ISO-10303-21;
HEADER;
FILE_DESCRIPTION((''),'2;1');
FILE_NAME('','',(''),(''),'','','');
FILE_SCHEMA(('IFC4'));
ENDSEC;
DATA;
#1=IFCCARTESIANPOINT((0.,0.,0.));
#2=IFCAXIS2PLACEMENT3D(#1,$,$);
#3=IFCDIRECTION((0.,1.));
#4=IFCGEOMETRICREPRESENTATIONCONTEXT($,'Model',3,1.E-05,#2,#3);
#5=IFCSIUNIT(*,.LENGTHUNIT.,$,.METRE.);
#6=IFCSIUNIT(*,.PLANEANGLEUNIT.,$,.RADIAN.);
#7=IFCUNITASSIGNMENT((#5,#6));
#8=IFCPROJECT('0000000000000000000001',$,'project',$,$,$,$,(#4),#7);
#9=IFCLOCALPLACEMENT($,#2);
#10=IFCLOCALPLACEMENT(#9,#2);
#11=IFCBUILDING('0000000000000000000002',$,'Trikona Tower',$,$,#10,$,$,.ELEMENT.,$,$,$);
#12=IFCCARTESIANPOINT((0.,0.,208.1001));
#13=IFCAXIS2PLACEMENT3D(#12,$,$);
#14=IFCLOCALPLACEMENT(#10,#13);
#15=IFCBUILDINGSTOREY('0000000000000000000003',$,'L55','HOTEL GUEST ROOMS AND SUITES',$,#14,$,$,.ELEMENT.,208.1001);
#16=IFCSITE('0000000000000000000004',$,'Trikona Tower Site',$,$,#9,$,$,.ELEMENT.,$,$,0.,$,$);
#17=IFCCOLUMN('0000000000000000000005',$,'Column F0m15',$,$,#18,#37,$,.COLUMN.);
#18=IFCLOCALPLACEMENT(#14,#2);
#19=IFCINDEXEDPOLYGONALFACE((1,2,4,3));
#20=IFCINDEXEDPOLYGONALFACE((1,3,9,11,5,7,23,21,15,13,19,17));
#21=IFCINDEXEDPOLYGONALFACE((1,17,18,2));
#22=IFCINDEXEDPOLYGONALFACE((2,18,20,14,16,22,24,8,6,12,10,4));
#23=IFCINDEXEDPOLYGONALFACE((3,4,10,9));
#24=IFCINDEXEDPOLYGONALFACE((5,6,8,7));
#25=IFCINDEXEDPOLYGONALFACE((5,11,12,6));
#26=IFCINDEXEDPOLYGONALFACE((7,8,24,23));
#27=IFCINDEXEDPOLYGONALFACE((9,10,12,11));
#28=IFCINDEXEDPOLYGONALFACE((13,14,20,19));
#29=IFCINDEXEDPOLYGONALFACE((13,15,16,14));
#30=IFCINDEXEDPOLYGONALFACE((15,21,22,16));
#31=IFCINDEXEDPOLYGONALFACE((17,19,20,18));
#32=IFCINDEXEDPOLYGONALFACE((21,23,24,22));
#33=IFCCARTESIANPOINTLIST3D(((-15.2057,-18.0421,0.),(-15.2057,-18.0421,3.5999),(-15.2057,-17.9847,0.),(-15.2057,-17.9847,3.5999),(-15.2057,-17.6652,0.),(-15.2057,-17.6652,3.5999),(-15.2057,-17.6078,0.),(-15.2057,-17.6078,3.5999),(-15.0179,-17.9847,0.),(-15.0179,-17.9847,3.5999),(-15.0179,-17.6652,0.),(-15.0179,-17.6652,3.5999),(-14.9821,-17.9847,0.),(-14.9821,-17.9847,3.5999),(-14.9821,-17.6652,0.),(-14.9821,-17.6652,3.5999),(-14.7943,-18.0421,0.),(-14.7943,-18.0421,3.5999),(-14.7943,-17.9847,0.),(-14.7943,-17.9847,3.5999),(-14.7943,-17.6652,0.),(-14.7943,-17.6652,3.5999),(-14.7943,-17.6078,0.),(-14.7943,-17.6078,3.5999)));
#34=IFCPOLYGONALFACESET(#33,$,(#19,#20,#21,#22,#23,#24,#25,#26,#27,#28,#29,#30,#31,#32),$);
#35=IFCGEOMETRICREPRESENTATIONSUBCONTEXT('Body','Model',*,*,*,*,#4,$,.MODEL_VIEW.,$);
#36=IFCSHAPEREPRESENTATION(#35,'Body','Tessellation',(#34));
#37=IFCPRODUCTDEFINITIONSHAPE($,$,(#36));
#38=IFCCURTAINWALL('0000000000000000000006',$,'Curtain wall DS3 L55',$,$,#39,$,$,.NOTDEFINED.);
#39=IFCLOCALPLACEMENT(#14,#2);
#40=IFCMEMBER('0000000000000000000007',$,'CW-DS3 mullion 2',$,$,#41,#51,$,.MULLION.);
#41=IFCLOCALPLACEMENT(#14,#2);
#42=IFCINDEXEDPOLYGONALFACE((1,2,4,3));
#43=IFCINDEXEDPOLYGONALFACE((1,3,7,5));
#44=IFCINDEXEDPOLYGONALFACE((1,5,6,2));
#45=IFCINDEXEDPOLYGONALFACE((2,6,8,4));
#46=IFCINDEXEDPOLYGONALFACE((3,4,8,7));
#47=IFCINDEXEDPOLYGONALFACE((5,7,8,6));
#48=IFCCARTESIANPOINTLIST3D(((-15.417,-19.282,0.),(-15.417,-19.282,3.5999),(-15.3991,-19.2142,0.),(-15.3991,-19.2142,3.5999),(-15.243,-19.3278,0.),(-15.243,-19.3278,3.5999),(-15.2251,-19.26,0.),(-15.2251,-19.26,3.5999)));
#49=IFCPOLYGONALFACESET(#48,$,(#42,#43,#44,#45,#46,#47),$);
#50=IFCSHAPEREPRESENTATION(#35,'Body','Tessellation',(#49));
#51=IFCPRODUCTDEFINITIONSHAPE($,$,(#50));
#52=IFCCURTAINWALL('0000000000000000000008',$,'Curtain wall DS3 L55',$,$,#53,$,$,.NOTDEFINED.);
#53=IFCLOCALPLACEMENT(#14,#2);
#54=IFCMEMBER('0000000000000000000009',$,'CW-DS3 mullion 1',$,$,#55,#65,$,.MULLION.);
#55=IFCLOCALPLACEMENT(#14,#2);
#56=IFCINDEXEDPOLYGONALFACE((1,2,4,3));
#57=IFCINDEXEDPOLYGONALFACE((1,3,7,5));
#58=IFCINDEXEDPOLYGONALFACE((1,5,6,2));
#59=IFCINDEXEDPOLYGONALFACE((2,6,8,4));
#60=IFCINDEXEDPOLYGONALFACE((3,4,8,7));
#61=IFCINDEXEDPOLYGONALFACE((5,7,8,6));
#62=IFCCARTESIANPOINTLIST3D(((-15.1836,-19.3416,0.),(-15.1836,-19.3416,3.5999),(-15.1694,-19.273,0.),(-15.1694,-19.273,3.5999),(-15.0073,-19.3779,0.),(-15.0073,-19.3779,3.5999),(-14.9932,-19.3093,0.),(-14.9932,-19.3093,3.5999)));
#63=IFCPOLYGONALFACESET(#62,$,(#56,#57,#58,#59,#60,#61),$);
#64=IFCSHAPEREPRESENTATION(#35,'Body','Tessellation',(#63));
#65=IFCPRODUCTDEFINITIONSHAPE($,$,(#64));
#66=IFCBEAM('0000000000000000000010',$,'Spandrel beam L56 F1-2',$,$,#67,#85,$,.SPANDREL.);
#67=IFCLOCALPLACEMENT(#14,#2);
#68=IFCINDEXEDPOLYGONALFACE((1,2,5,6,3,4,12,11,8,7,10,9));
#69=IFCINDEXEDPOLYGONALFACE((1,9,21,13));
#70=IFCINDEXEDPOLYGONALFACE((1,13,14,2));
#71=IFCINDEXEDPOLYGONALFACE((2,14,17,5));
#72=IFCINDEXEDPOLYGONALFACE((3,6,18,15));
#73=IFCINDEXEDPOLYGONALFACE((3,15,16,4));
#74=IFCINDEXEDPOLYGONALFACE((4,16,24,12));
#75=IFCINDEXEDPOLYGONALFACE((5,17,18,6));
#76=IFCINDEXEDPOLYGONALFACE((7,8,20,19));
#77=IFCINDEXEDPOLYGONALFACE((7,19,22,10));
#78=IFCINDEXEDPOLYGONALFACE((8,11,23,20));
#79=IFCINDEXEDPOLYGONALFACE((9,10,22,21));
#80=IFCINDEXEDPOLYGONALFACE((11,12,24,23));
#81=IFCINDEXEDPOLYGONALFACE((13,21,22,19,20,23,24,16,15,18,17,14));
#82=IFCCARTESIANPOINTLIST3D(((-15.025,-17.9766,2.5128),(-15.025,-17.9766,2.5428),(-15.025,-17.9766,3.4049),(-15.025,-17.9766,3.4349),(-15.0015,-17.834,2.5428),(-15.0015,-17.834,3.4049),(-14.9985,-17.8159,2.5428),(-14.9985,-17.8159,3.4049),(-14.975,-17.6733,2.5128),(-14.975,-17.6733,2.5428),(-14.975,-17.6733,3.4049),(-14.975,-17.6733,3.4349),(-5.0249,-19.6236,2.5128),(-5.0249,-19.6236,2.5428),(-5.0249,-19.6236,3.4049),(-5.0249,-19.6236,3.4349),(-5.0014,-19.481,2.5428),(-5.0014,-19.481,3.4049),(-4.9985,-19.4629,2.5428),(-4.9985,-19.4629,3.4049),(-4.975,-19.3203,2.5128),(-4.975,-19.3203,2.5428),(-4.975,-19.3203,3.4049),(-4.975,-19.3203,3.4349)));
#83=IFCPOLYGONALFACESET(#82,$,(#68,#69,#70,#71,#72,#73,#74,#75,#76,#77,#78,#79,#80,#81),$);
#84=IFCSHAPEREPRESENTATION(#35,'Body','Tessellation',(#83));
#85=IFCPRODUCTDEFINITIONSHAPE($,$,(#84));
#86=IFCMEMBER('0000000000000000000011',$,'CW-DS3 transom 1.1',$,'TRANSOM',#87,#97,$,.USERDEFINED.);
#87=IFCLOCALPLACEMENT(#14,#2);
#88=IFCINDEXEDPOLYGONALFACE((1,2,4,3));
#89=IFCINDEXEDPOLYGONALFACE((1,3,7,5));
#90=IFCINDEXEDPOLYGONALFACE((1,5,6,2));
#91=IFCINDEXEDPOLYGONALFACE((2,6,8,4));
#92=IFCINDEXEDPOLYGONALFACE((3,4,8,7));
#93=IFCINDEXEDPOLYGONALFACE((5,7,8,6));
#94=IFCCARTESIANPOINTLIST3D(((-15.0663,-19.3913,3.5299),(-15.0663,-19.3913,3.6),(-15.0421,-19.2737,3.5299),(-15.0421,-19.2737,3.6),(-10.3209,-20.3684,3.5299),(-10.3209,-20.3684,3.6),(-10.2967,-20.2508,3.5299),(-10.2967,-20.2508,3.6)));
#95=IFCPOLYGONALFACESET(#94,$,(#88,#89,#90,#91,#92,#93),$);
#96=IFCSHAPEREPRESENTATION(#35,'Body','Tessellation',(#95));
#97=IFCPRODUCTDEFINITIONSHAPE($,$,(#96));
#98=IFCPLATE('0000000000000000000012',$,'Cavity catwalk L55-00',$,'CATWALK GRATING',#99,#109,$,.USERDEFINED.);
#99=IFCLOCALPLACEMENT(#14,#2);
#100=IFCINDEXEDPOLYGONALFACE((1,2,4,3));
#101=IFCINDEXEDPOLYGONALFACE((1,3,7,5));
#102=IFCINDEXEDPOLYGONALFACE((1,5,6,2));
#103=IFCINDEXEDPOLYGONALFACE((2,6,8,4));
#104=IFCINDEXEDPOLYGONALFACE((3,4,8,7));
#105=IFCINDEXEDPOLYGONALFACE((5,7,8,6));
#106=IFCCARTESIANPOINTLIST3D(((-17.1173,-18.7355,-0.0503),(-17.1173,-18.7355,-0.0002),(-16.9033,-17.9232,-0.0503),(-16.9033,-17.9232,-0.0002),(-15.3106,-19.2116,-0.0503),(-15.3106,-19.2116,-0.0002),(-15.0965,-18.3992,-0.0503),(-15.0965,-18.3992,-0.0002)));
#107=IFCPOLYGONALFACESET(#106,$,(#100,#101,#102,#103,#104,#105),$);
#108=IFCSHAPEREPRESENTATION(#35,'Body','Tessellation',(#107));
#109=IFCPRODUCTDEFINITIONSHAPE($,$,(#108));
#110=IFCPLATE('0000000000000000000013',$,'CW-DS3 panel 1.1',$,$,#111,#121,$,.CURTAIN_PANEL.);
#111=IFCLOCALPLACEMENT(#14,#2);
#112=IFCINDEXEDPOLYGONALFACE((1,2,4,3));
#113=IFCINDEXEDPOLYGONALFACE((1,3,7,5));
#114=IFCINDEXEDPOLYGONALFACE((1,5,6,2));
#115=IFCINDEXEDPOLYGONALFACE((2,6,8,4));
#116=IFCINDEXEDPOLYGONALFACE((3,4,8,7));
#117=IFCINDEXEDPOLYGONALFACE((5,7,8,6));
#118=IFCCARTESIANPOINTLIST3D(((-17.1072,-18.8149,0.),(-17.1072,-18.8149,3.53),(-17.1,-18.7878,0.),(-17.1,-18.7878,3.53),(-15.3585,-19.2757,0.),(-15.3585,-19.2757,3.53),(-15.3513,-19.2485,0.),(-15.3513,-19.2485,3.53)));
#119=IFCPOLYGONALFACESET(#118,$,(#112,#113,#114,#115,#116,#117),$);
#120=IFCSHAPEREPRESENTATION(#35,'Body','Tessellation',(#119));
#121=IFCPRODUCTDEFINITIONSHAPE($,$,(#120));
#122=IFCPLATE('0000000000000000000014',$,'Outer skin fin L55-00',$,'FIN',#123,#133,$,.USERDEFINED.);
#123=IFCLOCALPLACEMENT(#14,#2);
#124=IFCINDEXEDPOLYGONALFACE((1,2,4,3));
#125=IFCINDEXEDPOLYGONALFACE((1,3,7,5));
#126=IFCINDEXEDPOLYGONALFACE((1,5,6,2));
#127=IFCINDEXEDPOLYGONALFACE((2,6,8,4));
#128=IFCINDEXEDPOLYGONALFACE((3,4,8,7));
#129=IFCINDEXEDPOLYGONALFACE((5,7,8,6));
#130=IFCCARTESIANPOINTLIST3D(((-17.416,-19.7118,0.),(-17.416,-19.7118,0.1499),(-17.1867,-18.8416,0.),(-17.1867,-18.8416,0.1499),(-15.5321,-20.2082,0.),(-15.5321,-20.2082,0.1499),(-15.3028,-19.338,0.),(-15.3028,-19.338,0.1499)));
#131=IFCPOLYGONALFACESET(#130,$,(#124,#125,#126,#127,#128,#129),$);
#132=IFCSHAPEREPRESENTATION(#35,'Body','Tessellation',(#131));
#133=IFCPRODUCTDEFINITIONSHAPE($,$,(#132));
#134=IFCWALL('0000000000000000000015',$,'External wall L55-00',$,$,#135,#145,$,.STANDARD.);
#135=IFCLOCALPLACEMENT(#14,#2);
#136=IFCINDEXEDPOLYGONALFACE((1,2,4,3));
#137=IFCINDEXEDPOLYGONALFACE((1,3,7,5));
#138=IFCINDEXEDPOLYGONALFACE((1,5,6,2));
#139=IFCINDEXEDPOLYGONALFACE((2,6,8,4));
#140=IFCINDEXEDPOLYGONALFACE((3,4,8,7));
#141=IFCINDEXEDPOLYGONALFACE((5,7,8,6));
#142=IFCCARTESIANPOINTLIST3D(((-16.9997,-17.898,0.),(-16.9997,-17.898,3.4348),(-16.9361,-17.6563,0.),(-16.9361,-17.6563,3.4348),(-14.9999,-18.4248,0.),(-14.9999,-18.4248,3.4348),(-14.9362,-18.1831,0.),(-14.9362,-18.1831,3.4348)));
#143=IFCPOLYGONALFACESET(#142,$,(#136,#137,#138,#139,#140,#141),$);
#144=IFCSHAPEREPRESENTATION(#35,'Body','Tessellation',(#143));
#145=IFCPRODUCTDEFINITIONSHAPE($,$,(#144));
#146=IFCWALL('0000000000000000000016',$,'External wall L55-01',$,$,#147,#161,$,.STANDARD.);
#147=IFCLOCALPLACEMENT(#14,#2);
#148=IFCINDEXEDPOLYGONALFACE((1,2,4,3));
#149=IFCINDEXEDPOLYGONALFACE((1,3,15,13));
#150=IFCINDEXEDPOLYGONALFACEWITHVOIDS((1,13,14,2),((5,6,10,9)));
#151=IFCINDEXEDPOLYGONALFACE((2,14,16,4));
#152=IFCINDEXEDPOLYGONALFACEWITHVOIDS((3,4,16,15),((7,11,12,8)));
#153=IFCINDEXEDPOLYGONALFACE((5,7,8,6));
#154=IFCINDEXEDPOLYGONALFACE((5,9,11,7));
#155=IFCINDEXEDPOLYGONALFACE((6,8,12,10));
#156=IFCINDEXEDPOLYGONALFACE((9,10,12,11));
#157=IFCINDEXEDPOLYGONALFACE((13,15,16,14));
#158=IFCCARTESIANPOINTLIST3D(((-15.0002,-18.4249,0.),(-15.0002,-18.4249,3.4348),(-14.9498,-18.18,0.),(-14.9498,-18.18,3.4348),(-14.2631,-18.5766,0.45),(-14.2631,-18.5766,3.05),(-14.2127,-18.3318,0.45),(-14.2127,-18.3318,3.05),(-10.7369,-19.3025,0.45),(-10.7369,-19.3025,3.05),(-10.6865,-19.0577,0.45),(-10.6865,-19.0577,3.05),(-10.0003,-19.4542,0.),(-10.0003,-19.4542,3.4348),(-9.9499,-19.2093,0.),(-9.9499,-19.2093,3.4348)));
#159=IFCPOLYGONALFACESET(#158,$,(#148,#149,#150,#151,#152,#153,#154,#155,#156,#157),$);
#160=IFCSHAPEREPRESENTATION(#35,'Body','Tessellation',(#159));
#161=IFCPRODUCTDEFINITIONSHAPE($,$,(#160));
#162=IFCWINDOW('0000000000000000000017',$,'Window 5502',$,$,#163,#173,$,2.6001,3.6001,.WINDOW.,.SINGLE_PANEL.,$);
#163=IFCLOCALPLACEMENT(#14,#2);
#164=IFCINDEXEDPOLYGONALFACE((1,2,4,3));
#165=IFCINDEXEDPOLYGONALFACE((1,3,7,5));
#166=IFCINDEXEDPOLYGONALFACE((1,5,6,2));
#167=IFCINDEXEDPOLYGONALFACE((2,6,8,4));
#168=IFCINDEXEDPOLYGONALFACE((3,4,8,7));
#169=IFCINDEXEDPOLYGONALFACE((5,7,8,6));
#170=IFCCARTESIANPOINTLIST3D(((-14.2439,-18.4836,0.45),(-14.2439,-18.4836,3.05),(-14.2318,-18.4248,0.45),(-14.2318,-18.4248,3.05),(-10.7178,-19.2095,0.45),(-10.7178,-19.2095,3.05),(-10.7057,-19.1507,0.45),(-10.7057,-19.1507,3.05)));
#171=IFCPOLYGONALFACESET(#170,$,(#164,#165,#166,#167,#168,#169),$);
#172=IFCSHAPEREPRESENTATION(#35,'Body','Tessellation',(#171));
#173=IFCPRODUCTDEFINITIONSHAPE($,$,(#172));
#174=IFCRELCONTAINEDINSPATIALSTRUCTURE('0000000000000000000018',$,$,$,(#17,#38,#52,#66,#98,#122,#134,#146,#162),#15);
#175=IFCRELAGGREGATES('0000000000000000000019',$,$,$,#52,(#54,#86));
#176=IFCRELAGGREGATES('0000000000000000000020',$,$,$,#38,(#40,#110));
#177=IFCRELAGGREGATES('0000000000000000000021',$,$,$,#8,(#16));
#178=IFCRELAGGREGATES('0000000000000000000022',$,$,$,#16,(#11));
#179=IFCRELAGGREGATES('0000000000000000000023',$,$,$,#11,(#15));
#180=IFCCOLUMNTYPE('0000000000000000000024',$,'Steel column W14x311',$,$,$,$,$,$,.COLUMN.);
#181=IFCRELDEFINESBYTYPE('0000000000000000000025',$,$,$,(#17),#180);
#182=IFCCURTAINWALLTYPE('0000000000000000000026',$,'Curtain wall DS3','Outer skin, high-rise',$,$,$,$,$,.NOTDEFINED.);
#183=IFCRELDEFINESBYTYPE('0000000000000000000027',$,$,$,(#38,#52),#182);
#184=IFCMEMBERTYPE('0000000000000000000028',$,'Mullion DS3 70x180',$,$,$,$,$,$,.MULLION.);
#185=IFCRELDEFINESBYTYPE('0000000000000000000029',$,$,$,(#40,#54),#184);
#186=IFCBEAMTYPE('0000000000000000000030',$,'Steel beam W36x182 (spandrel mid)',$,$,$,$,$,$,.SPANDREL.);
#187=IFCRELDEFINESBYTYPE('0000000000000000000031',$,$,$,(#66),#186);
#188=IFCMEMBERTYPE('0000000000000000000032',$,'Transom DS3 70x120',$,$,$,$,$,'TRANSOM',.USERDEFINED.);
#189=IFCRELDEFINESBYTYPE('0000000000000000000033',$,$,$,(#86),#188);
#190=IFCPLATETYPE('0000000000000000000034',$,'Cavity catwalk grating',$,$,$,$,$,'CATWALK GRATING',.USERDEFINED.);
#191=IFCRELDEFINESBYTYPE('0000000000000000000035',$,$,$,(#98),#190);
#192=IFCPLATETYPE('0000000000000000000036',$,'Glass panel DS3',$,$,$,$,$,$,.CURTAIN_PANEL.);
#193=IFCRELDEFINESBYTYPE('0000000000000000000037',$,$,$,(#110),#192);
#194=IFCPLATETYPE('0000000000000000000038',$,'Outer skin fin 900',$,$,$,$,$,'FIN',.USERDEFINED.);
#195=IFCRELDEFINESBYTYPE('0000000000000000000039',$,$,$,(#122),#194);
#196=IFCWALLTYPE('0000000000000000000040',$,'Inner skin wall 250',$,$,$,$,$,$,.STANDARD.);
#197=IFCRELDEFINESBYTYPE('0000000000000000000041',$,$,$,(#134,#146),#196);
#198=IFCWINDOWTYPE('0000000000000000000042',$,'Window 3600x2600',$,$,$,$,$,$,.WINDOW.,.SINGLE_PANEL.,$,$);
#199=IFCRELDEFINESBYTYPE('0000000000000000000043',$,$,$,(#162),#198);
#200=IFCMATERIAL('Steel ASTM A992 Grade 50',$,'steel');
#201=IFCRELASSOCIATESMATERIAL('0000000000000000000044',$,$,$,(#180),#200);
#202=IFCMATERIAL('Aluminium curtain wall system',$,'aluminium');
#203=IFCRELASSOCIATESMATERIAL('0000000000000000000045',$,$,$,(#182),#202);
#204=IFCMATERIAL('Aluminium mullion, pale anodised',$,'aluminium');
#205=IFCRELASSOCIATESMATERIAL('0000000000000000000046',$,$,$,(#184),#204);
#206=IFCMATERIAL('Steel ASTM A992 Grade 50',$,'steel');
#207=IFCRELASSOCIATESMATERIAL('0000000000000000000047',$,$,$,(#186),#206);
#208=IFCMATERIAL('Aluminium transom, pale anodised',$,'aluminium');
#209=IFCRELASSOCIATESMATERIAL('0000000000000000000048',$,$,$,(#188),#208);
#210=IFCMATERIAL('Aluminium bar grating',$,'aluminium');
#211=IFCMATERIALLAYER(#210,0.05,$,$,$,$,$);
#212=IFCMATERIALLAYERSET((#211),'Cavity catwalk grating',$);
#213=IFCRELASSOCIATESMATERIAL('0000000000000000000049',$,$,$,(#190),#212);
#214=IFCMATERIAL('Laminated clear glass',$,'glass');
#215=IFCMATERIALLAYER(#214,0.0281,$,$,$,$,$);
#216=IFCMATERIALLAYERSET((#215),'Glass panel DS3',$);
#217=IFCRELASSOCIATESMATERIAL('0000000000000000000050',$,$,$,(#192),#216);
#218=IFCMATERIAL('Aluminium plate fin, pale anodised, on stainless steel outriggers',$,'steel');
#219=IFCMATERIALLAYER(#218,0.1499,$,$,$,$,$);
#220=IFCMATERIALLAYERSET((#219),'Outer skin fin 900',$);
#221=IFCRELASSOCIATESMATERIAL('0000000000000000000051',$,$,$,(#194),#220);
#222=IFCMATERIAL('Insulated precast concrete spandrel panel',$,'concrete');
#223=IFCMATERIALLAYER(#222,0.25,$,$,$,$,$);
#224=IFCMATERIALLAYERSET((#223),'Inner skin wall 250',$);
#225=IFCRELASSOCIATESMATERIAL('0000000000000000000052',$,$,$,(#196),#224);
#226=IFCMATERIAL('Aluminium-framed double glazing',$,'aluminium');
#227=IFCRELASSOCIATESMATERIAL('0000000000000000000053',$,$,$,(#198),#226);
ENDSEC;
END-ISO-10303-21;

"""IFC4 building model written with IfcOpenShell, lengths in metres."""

from ifc_helpers import new_model, si_unit, direction, frame, frame_2d, origin, origin_2d, place, context, subcontext, project, spatial, rectangle, i_section, extrude, material, layer, layer_set, material_profile, profile_set, type_object, element, fill, aggregate, save


model = new_model("IFC4")

# Units and contexts
model_context = context("Model", 3, precision=1e-05, world=origin(), true_north=direction((0.0, 1.0)))
body_context = subcontext(model_context, "Body", "Model", "MODEL_VIEW")
ifc_project = project(units=[si_unit("LENGTHUNIT", "METRE"), si_unit("PLANEANGLEUNIT", "RADIAN")], contexts=[model_context])

# Site, building, storey
site_placement = place(None, origin())
site = spatial("IfcSite", under=ifc_project, at=site_placement, Name="Trikona Tower Site", CompositionType="ELEMENT", RefElevation=0.0)
building_placement = place(site_placement, origin())
building = spatial("IfcBuilding", under=site, at=building_placement, Name="Trikona Tower", CompositionType="ELEMENT")
storey_placement = place(building_placement, frame((0.0, 0.0, 208.1001)))
storey = spatial("IfcBuildingStorey", under=building, at=storey_placement, Name="L55", Description="HOTEL GUEST ROOMS AND SUITES", CompositionType="ELEMENT", Elevation=208.1001)

# Column
ifc_material_1 = material(Name="Steel ASTM A992 Grade 50", Category="steel")
ifc_material_profile_1 = material_profile(ifc_material_1, i_section(OverallWidth=0.4114, OverallDepth=0.4343, WebThickness=0.0359, FlangeThickness=0.0574, at=origin_2d()), Name="W14X311")
ifc_profile_set_1 = profile_set([ifc_material_profile_1], Name="Steel ASTM A992 Grade 50")
column_type = type_object("IfcColumnType", Name="Steel column W14x311", PredefinedType="COLUMN", material=ifc_profile_set_1)
column_placement = place(storey_placement, frame((-15.0, -17.825, 0.0), z_axis=(0.0, 0.0, 1.0), x_axis=(1.0, 0.0, 0.0)))
element("IfcColumn", 1, at=column_placement, inside=storey, type_object=column_type, Name="Column F0m15", PredefinedType="COLUMN", context=body_context, shape_type="SweptSolid", body=[
    extrude(i_section(OverallWidth=0.4114, OverallDepth=0.4343, WebThickness=0.0359, FlangeThickness=0.0574, at=origin_2d()), origin(), (0.0, 0.0, 1.0), 3.5999),
])

# Curtain walls, members
ifc_material_2 = material(Name="Aluminium curtain wall system", Category="aluminium")
curtain_wall_type = type_object("IfcCurtainWallType", Name="Curtain wall DS3", Description="Outer skin, high-rise", PredefinedType="NOTDEFINED", material=ifc_material_2)
curtain_wall_1_placement = place(storey_placement, origin())
curtain_wall_1 = element("IfcCurtainWall", 2, at=curtain_wall_1_placement, inside=storey, type_object=curtain_wall_type, Name="Curtain wall DS3 L55", PredefinedType="NOTDEFINED")
ifc_material_3 = material(Name="Aluminium mullion, pale anodised", Category="aluminium")
ifc_material_profile_2 = material_profile(ifc_material_3, rectangle(XDim=0.0701, YDim=0.1799, at=origin_2d()), Name="MUL-DS3")
ifc_profile_set_2 = profile_set([ifc_material_profile_2], Name="Aluminium mullion, pale anodised")
member_type_1 = type_object("IfcMemberType", Name="Mullion DS3 70x180", PredefinedType="MULLION", material=ifc_profile_set_2)
member_1_placement = place(storey_placement, frame((-15.321, -19.271, 0.0), z_axis=(0.0, 0.0, 1.0), x_axis=(0.254786, 0.966997, 0.0)))
member_1 = element("IfcMember", 3, at=member_1_placement, type_object=member_type_1, Name="CW-DS3 mullion 2", PredefinedType="MULLION", context=body_context, shape_type="SweptSolid", body=[
    extrude(rectangle(XDim=0.0701, YDim=0.1799, at=origin_2d()), origin(), (0.0, 0.0, 1.0), 3.5999),
])
curtain_wall_2_placement = place(storey_placement, origin())
curtain_wall_2 = element("IfcCurtainWall", 4, at=curtain_wall_2_placement, inside=storey, type_object=curtain_wall_type, Name="Curtain wall DS3 L55", PredefinedType="NOTDEFINED")
member_2_placement = place(storey_placement, frame((-15.0884, -19.3254, 0.0), z_axis=(0.0, 0.0, 1.0), x_axis=(0.201653, 0.979457, 0.0)))
member_2 = element("IfcMember", 5, at=member_2_placement, type_object=member_type_1, Name="CW-DS3 mullion 1", PredefinedType="MULLION", context=body_context, shape_type="SweptSolid", body=[
    extrude(rectangle(XDim=0.0701, YDim=0.1799, at=origin_2d()), origin(), (0.0, 0.0, 1.0), 3.5999),
])

# Beam
ifc_material_4 = material(Name="Steel ASTM A992 Grade 50", Category="steel")
ifc_material_profile_3 = material_profile(ifc_material_4, i_section(OverallWidth=0.3074, OverallDepth=0.9221, WebThickness=0.0183, FlangeThickness=0.03, at=origin_2d()), Name="W36X182")
ifc_profile_set_3 = profile_set([ifc_material_profile_3], Name="Steel ASTM A992 Grade 50")
beam_type = type_object("IfcBeamType", Name="Steel beam W36x182 (spandrel mid)", PredefinedType="SPANDREL", material=ifc_profile_set_3)
beam_placement = place(storey_placement, frame((-15.0, -17.825, 2.9739), z_axis=(0.986707, -0.162508, 0.0), x_axis=(0.162508, 0.986707, 0.0)))
element("IfcBeam", 6, at=beam_placement, inside=storey, type_object=beam_type, Name="Spandrel beam L56 F1-2", PredefinedType="SPANDREL", context=body_context, shape_type="SweptSolid", body=[
    extrude(i_section(OverallWidth=0.3074, OverallDepth=0.9221, WebThickness=0.0183, FlangeThickness=0.03, at=origin_2d()), origin(), (0.0, 0.0, 1.0), 10.1348),
])

# Member
ifc_material_5 = material(Name="Aluminium transom, pale anodised", Category="aluminium")
ifc_material_profile_4 = material_profile(ifc_material_5, rectangle(XDim=0.1201, YDim=0.0701, at=origin_2d()), Name="TRN-DS3")
ifc_profile_set_4 = profile_set([ifc_material_profile_4], Name="Aluminium transom, pale anodised")
member_type_2 = type_object("IfcMemberType", Name="Transom DS3 70x120", ElementType="TRANSOM", PredefinedType="USERDEFINED", material=ifc_profile_set_4)
member_3_placement = place(storey_placement, frame((-15.0542, -19.3325, 3.5649), z_axis=(0.979454, -0.201666, 0.0), x_axis=(0.201666, 0.979454, 0.0)))
member_3 = element("IfcMember", 7, at=member_3_placement, type_object=member_type_2, Name="CW-DS3 transom 1.1", ObjectType="TRANSOM", PredefinedType="USERDEFINED", context=body_context, shape_type="SweptSolid", body=[
    extrude(rectangle(XDim=0.1201, YDim=0.0701, at=origin_2d()), origin(), (0.0, 0.0, 1.0), 4.845),
])
aggregate(curtain_wall_2, [member_2, member_3])

# Plates
ifc_material_6 = material(Name="Aluminium bar grating", Category="aluminium")
ifc_layer_1 = layer(ifc_material_6, 0.05)
ifc_layer_set_1 = layer_set([ifc_layer_1], Name="Cavity catwalk grating")
plate_type_1 = type_object("IfcPlateType", Name="Cavity catwalk grating", ElementType="CATWALK GRATING", PredefinedType="USERDEFINED", material=ifc_layer_set_1)
plate_1_placement = place(storey_placement, frame((-16.1069, -18.5674, -0.0503), z_axis=(0.0, 0.0, 1.0), x_axis=(0.966993, -0.254803, 0.0)))
element("IfcPlate", 8, at=plate_1_placement, inside=storey, type_object=plate_type_1, Name="Cavity catwalk L55-00", ObjectType="CATWALK GRATING", PredefinedType="USERDEFINED", context=body_context, shape_type="SweptSolid", body=[
    extrude(rectangle(XDim=1.8684, YDim=0.8401, at=origin_2d()), origin(), (0.0, 0.0, 1.0), 0.05),
])
ifc_material_7 = material(Name="Laminated clear glass", Category="glass")
ifc_layer_2 = layer(ifc_material_7, 0.0281)
ifc_layer_set_2 = layer_set([ifc_layer_2], Name="Glass panel DS3")
plate_type_2 = type_object("IfcPlateType", Name="Glass panel DS3", PredefinedType="CURTAIN_PANEL", material=ifc_layer_set_2)
plate_2_placement = place(storey_placement, frame((-16.2292, -19.0317, 0.0), z_axis=(0.0, 0.0, 1.0), x_axis=(0.966997, -0.254786, 0.0)))
plate_2 = element("IfcPlate", 9, at=plate_2_placement, type_object=plate_type_2, Name="CW-DS3 panel 1.1", PredefinedType="CURTAIN_PANEL", context=body_context, shape_type="SweptSolid", body=[
    extrude(rectangle(XDim=1.8083, YDim=0.0281, at=origin_2d()), origin(), (0.0, 0.0, 1.0), 3.53),
])
aggregate(curtain_wall_1, [member_1, plate_2])
ifc_material_8 = material(Name="Aluminium plate fin, pale anodised, on stainless steel outriggers", Category="steel")
ifc_layer_3 = layer(ifc_material_8, 0.1499)
ifc_layer_set_3 = layer_set([ifc_layer_3], Name="Outer skin fin 900")
plate_type_3 = type_object("IfcPlateType", Name="Outer skin fin 900", ElementType="FIN", PredefinedType="USERDEFINED", material=ifc_layer_set_3)
plate_3_placement = place(storey_placement, frame((-16.3594, -19.5249, 0.0), z_axis=(0.0, 0.0, 1.0), x_axis=(0.966993, -0.254803, 0.0)))
element("IfcPlate", 10, at=plate_3_placement, inside=storey, type_object=plate_type_3, Name="Outer skin fin L55-00", ObjectType="FIN", PredefinedType="USERDEFINED", context=body_context, shape_type="SweptSolid", body=[
    extrude(rectangle(XDim=1.9482, YDim=0.8999, at=origin_2d()), origin(), (0.0, 0.0, 1.0), 0.1499),
])

# Wall
ifc_material_9 = material(Name="Insulated precast concrete spandrel panel", Category="concrete")
ifc_layer_4 = layer(ifc_material_9, 0.25)
ifc_layer_set_4 = layer_set([ifc_layer_4], Name="Inner skin wall 250")
wall_type_1 = type_object("IfcWallType", Name="Inner skin wall 250", PredefinedType="STANDARD", material=ifc_layer_set_4)
wall_1_placement = place(storey_placement, frame((-16.968, -17.7771, 0.0), z_axis=(0.0, 0.0, 1.0), x_axis=(0.96701, -0.254737, 0.0)))
element("IfcWall", 11, at=wall_1_placement, inside=storey, type_object=wall_type_1, Name="External wall L55-00", PredefinedType="STANDARD", context=body_context, shape_type="SweptSolid", body=[
    extrude(rectangle(XDim=2.0681, YDim=0.25, at=frame_2d((1.0342, 0.0))), origin(), (0.0, 0.0, 1.0), 3.4348),
])

# Wall, opening, window
wall_2_placement = place(storey_placement, frame((-14.9749, -18.3025, 0.0), z_axis=(0.0, 0.0, 1.0), x_axis=(0.979461, -0.201631, 0.0)))
wall_2 = element("IfcWall", 12, at=wall_2_placement, inside=storey, type_object=wall_type_1, Name="External wall L55-01", PredefinedType="STANDARD", context=body_context, shape_type="SweptSolid", body=[
    extrude(rectangle(XDim=5.1047, YDim=0.25, at=frame_2d((2.5522, 0.0))), origin(), (0.0, 0.0, 1.0), 3.4348),
])
opening_placement = place(wall_2_placement, frame((0.7524, 0.0, 0.45)))
opening = element("IfcOpeningElement", 13, at=opening_placement, cuts=wall_2, PredefinedType="OPENING", context=body_context, shape_type="SweptSolid", body=[
    extrude(rectangle(XDim=3.6001, YDim=2.6001, at=frame_2d((1.8, 1.3))), frame((0.0, 0.135, 0.0), z_axis=(0.0, -1.0, 0.0), x_axis=(1.0, 0.0, 0.0)), (0.0, 0.0, 1.0), 0.27),
])
ifc_material_10 = material(Name="Aluminium-framed double glazing", Category="aluminium")
window_type = type_object("IfcWindowType", Name="Window 3600x2600", PartitioningType="SINGLE_PANEL", PredefinedType="WINDOW", material=ifc_material_10)
window_placement = place(opening_placement, origin())
window = element("IfcWindow", 14, at=window_placement, inside=storey, type_object=window_type, Name="Window 5502", OverallHeight=2.6001, OverallWidth=3.6001, PartitioningType="SINGLE_PANEL", PredefinedType="WINDOW", context=body_context, shape_type="SweptSolid", body=[
    extrude(rectangle(XDim=3.6001, YDim=2.6001, at=frame_2d((1.8, 1.3))), frame((0.0, 0.03, 0.0), z_axis=(0.0, -1.0, 0.0), x_axis=(1.0, 0.0, 0.0)), (0.0, 0.0, 1.0), 0.0601),
])
fill(opening, window)

save(model, "model.ifc")
